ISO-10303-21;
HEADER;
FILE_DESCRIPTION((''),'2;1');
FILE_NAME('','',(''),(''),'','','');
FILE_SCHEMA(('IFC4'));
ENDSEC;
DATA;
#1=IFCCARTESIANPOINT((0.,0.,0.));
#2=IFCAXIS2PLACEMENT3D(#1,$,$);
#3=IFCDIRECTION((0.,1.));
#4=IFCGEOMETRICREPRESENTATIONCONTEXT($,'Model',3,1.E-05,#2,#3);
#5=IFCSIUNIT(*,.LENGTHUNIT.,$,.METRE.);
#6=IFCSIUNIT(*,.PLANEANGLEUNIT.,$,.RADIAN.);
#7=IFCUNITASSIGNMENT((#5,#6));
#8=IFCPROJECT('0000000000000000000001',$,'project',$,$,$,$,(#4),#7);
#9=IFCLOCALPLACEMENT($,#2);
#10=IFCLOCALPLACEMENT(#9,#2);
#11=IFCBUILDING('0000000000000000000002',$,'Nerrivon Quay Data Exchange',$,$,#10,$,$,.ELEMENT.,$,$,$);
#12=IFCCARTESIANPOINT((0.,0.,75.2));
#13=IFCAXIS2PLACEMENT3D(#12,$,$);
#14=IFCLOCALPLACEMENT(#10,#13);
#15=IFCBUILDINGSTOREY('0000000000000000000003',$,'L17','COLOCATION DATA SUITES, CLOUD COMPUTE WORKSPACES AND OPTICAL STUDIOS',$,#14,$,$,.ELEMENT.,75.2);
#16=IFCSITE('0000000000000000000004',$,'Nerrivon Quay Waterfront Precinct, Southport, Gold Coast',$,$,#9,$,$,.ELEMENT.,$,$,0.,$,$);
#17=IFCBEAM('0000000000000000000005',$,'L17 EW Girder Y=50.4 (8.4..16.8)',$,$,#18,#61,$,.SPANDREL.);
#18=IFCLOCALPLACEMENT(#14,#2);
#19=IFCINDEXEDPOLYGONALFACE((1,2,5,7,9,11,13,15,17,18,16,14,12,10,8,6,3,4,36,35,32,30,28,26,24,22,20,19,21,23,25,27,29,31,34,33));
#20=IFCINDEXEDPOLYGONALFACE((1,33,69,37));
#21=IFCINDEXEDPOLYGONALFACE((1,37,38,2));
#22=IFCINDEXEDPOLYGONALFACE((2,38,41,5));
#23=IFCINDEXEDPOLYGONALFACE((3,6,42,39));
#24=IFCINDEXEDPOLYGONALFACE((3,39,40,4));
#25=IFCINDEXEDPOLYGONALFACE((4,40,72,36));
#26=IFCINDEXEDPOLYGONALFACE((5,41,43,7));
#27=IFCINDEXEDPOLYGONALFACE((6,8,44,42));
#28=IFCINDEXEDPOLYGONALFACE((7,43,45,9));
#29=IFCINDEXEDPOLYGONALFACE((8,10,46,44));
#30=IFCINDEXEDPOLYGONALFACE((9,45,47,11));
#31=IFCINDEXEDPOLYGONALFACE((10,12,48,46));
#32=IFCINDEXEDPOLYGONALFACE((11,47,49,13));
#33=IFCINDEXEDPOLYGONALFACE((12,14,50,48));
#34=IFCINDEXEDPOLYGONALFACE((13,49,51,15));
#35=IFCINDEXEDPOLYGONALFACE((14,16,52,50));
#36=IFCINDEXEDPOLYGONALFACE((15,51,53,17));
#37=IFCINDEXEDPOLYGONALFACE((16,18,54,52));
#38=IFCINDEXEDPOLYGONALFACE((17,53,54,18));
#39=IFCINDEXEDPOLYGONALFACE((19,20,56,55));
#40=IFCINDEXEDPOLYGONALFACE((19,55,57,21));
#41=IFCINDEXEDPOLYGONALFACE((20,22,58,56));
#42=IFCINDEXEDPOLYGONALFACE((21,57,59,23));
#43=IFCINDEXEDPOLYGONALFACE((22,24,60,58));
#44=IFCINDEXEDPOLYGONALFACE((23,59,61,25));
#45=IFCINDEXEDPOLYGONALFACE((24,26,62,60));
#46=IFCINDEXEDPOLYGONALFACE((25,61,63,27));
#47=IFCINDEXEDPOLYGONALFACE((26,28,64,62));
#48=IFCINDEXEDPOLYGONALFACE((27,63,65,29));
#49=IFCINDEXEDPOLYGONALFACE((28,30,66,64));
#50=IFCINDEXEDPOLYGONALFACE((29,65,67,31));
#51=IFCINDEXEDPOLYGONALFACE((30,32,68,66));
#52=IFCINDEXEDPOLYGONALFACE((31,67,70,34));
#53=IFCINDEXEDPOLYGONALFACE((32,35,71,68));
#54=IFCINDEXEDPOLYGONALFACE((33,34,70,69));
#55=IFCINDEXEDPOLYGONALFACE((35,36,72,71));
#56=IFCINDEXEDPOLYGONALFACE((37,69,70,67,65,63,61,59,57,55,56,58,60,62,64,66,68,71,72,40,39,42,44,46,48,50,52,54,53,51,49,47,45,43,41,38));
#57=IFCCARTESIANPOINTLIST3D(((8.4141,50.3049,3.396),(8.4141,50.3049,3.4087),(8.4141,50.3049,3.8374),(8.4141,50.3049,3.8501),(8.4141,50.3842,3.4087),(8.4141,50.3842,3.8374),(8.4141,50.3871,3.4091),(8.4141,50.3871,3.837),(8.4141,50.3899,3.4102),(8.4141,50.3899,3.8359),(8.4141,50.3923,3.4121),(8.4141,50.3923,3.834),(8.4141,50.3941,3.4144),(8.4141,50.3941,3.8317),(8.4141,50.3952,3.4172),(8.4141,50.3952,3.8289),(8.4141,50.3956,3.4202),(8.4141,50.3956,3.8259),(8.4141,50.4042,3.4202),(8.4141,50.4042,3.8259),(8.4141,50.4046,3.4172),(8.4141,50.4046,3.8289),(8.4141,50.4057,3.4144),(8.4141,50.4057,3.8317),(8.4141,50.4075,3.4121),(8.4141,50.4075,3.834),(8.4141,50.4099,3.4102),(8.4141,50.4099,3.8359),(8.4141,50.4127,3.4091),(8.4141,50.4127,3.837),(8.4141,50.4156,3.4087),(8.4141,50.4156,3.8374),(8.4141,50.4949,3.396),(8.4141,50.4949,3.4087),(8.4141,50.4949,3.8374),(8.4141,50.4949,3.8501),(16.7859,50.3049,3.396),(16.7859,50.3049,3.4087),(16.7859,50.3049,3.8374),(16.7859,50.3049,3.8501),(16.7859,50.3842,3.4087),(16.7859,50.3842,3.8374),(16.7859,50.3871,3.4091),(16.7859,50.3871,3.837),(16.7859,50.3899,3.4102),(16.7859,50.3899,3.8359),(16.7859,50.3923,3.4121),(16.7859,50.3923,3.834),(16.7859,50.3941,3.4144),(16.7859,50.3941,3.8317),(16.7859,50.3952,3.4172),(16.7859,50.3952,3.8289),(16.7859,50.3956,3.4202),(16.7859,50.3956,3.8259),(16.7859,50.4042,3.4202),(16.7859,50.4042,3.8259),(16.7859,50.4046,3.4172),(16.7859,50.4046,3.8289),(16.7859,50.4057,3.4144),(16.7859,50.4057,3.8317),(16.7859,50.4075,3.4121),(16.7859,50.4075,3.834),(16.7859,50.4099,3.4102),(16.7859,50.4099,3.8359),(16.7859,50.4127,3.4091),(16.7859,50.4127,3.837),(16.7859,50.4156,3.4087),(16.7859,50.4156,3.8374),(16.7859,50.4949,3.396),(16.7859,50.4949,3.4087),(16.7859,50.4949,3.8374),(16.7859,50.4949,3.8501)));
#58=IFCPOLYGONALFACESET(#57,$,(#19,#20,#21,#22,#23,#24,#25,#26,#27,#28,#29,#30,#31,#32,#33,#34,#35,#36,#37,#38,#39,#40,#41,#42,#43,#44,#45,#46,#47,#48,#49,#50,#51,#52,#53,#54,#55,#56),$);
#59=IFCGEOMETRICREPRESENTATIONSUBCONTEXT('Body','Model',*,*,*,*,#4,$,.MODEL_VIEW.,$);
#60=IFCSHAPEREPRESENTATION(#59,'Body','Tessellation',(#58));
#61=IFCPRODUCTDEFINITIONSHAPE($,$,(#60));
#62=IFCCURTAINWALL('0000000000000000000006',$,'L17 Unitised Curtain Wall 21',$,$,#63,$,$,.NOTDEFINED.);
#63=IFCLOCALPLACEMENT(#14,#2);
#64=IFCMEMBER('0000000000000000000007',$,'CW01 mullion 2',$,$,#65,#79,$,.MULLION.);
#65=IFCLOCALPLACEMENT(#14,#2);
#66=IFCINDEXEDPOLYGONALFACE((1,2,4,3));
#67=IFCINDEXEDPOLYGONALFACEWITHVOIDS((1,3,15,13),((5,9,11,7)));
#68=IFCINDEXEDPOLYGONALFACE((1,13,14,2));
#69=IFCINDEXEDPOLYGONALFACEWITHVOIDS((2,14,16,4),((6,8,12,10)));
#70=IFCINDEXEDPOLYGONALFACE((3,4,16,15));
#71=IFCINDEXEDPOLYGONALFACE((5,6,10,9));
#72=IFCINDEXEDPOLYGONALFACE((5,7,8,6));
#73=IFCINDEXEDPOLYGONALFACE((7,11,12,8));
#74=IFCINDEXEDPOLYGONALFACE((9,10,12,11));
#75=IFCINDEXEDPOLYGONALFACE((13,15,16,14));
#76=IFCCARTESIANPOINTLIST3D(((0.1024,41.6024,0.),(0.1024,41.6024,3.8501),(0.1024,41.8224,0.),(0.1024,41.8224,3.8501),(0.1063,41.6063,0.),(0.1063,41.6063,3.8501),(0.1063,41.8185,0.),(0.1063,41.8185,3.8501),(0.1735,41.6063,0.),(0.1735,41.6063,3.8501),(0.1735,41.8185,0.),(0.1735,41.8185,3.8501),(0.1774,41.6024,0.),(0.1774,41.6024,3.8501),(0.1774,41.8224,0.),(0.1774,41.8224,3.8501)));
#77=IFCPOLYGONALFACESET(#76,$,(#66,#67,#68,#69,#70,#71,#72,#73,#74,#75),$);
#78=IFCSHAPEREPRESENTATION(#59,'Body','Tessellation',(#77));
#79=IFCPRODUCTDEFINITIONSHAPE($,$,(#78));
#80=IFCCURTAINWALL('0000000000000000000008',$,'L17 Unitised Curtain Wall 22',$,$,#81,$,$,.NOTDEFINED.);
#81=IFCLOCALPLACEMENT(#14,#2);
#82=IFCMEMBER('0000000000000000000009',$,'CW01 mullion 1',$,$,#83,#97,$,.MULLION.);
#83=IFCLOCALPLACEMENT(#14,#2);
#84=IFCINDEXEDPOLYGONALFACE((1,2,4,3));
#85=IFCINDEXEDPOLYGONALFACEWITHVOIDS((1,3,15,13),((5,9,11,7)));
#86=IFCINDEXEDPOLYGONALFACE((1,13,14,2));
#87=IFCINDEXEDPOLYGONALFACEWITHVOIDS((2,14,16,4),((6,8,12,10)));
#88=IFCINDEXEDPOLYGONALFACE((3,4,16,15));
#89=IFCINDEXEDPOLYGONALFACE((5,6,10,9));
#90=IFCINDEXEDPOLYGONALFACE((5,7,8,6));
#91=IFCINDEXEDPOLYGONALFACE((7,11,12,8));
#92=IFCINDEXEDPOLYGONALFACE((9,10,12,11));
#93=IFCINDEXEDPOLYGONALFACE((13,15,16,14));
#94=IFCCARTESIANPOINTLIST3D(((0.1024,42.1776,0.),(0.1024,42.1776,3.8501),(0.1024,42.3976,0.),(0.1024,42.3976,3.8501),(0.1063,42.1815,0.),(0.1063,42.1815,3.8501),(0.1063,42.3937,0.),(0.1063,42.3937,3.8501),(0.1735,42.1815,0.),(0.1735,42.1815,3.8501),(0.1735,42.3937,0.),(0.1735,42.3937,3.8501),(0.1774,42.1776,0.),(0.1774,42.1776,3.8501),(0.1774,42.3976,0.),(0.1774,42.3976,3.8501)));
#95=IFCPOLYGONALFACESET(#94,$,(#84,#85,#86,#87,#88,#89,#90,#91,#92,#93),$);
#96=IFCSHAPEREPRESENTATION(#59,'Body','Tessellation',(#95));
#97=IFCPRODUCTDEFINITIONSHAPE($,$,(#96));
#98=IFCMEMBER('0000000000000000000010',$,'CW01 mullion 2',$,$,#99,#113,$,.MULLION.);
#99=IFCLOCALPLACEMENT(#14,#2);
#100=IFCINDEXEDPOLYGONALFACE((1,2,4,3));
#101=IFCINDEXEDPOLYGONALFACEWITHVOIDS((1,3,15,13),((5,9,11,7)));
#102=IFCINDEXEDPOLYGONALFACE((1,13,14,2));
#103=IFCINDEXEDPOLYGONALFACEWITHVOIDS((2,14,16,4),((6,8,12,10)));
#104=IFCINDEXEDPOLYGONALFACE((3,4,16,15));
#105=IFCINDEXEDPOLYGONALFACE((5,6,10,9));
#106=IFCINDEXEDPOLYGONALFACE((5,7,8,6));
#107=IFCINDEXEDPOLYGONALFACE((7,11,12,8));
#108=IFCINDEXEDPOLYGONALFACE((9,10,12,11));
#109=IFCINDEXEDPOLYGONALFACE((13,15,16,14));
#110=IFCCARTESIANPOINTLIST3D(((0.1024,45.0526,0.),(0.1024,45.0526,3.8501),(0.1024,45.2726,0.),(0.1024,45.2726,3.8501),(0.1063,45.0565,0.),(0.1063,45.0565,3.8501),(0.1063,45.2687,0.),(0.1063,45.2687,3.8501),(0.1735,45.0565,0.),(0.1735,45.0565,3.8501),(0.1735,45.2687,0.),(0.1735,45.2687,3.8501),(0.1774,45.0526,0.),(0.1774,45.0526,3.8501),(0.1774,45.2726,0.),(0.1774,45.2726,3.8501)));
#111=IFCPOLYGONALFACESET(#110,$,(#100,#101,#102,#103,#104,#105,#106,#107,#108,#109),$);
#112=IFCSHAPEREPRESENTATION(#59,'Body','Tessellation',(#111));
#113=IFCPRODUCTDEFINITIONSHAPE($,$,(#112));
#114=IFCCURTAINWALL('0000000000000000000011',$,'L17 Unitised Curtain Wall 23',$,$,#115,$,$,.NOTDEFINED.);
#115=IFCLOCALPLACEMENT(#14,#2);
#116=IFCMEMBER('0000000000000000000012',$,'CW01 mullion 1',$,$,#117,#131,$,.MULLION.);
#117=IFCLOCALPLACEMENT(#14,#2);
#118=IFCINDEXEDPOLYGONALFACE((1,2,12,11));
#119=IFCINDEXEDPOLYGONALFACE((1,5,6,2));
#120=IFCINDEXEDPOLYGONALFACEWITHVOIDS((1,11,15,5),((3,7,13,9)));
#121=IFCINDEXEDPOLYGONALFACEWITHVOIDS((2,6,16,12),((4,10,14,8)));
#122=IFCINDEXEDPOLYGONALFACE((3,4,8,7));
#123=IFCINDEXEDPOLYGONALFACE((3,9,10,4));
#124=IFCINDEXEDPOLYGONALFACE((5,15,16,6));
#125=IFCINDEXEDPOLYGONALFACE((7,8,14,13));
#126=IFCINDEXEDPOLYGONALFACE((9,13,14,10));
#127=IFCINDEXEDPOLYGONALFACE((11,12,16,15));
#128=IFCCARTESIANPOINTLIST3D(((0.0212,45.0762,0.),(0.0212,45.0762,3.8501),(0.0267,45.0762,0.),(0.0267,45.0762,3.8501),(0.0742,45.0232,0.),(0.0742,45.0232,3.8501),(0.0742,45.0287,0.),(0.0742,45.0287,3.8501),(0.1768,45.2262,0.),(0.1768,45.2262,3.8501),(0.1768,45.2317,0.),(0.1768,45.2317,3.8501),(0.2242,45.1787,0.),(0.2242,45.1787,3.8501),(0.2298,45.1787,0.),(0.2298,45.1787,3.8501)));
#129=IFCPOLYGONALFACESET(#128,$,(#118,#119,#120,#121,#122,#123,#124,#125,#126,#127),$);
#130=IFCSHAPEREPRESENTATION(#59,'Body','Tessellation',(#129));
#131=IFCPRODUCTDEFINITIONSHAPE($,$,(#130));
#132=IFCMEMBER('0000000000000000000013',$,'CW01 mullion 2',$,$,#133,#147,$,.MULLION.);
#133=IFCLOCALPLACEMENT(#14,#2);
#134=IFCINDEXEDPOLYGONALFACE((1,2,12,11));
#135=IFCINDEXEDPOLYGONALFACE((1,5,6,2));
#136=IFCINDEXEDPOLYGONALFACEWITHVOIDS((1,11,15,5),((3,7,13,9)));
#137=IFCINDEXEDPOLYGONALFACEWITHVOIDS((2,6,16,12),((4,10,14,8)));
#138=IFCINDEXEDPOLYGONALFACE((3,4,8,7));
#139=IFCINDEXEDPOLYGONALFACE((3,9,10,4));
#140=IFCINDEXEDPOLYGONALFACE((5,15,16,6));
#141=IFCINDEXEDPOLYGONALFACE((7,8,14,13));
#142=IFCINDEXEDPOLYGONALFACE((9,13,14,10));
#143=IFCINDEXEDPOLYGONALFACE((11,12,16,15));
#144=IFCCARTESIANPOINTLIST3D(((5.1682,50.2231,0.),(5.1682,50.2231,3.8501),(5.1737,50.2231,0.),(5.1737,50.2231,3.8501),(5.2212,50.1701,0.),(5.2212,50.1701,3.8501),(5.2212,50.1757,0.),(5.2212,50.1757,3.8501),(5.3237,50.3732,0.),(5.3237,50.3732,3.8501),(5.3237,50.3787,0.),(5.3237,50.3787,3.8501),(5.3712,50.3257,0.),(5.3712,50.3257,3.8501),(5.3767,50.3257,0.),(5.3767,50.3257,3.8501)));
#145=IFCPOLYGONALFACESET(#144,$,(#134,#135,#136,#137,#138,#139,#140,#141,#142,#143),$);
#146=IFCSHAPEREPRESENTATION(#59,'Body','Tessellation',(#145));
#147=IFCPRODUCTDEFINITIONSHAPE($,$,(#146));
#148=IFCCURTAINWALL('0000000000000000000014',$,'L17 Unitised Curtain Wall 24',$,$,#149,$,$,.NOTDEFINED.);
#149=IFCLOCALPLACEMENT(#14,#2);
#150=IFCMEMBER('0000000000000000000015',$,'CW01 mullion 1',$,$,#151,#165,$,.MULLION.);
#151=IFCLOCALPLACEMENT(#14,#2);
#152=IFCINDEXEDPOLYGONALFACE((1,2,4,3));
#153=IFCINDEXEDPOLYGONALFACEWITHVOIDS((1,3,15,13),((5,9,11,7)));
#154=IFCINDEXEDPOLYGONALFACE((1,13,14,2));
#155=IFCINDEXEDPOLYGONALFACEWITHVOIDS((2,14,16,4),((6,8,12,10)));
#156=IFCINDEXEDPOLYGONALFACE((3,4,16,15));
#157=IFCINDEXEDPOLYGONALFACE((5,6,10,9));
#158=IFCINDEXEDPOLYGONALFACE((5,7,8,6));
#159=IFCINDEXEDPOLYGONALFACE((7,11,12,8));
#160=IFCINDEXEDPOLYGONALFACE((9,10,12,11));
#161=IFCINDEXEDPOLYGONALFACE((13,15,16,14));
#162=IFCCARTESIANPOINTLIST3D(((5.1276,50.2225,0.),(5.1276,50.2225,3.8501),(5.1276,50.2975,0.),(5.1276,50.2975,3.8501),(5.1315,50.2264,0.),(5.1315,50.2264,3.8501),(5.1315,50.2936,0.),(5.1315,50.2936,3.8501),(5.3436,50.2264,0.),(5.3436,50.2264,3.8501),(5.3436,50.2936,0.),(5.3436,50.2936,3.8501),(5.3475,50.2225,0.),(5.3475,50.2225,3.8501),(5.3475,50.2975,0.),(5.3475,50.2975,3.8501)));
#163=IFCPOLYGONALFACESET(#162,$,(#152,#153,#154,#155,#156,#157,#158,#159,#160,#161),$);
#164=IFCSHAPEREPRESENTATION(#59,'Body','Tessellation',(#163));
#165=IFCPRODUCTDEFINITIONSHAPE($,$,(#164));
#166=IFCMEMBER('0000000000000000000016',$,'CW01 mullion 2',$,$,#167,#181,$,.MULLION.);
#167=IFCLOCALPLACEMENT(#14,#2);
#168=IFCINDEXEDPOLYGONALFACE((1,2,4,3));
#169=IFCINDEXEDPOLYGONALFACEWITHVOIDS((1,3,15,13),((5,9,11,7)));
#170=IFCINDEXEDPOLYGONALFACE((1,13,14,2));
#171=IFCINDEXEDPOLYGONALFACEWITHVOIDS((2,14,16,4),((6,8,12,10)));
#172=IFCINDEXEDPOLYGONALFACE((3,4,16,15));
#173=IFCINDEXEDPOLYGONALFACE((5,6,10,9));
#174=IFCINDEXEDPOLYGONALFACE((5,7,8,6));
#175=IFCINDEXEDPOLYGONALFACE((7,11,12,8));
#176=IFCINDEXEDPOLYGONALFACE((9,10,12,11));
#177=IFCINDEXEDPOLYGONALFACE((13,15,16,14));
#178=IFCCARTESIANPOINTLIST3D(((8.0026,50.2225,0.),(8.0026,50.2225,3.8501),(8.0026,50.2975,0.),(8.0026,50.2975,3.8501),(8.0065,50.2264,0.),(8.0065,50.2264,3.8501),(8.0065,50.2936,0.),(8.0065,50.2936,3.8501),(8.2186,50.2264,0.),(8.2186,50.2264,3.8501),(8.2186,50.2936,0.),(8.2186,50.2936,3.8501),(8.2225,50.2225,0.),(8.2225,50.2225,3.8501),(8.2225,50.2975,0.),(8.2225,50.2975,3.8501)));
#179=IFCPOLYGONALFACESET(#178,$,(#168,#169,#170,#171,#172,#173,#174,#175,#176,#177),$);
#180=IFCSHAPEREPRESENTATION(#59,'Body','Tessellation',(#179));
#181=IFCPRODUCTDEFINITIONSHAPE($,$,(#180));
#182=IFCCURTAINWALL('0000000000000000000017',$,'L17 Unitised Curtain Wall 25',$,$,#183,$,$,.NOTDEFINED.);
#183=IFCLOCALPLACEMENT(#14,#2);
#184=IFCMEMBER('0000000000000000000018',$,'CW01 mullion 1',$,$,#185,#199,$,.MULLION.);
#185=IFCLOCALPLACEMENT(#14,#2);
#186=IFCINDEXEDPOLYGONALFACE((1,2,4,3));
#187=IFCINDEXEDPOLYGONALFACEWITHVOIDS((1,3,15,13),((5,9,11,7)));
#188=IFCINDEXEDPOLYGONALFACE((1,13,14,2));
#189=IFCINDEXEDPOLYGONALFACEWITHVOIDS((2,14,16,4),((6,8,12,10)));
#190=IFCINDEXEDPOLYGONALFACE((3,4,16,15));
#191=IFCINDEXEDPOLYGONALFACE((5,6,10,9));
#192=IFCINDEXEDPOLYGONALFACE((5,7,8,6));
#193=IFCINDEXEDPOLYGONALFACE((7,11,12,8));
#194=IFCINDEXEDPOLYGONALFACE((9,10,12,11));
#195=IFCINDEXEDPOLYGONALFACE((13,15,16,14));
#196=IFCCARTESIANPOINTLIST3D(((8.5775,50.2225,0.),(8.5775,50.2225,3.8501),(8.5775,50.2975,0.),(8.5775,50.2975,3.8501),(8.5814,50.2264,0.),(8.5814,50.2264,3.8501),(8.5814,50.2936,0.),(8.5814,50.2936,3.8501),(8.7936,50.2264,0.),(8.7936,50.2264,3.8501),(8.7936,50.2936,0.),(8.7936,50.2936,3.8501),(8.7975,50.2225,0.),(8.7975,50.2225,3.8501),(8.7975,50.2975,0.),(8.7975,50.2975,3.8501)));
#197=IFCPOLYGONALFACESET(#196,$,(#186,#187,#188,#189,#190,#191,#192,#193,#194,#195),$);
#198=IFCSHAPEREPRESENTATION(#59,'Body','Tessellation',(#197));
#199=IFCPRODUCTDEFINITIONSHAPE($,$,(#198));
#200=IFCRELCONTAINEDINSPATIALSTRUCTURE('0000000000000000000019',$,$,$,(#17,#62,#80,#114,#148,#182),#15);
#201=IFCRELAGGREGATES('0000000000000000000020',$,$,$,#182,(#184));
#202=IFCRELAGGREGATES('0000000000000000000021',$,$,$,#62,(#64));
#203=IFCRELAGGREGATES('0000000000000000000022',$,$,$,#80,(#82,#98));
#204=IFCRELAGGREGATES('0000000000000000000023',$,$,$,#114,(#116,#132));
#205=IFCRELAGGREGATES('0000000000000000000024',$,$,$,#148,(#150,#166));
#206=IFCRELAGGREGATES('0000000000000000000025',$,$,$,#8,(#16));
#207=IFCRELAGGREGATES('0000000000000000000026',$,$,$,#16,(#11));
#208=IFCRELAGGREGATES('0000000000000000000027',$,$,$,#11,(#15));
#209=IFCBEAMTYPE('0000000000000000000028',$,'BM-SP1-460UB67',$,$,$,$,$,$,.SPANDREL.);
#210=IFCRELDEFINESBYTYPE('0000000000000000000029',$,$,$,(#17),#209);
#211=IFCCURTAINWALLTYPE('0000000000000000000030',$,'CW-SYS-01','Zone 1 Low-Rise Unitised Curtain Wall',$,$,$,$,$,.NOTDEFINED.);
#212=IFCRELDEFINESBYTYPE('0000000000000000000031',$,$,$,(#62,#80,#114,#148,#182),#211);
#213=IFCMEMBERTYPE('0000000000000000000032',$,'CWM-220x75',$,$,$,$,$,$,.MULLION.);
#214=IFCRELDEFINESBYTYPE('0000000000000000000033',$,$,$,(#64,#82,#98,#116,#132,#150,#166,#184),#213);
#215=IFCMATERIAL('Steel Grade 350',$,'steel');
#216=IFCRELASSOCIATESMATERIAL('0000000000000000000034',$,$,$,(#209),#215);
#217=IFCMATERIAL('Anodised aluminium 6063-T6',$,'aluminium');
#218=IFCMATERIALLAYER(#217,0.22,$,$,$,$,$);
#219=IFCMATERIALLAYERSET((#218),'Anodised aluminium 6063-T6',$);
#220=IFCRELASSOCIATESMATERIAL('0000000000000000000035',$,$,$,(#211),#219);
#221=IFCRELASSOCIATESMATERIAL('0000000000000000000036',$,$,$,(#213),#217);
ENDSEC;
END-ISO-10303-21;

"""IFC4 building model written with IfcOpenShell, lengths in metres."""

from ifc_helpers import new_model, si_unit, direction, frame, origin, origin_2d, place, context, subcontext, project, spatial, hollow_rectangle, i_section, extrude, material, layer, layer_set, material_profile, profile_set, type_object, element, aggregate, save


model = new_model("IFC4")

# Units and contexts
model_context = context("Model", 3, precision=1e-05, world=origin(), true_north=direction((0.0, 1.0)))
body_context = subcontext(model_context, "Body", "Model", "MODEL_VIEW")
ifc_project = project(units=[si_unit("LENGTHUNIT", "METRE"), si_unit("PLANEANGLEUNIT", "RADIAN")], contexts=[model_context])

# Site, building, storey
site_placement = place(None, origin())
site = spatial("IfcSite", under=ifc_project, at=site_placement, Name="Nerrivon Quay Waterfront Precinct, Southport, Gold Coast", CompositionType="ELEMENT", RefElevation=0.0)
building_placement = place(site_placement, origin())
building = spatial("IfcBuilding", under=site, at=building_placement, Name="Nerrivon Quay Data Exchange", CompositionType="ELEMENT")
storey_placement = place(building_placement, frame((0.0, 0.0, 75.2)))
storey = spatial("IfcBuildingStorey", under=building, at=storey_placement, Name="L17", Description="COLOCATION DATA SUITES, CLOUD COMPUTE WORKSPACES AND OPTICAL STUDIOS", CompositionType="ELEMENT", Elevation=75.2)

# Shared definitions
ifc_material_1 = material(Name="Steel Grade 350", Category="steel")

# Beam
ifc_material_profile_1 = material_profile(ifc_material_1, i_section(OverallWidth=0.1899, OverallDepth=0.4541, WebThickness=0.0085, FlangeThickness=0.0127, FilletRadius=0.0115, at=origin_2d()), Name="460UB67.1")
ifc_profile_set_1 = profile_set([ifc_material_profile_1], Name="Steel Grade 350")
beam_type_1 = type_object("IfcBeamType", Name="BM-SP1-460UB67", PredefinedType="SPANDREL", material=ifc_profile_set_1)
beam_1_placement = place(storey_placement, frame((8.4141, 50.3999, 3.623), z_axis=(1.0, 0.0, 0.0), x_axis=(0.0, 1.0, 0.0)))
element("IfcBeam", 1, at=beam_1_placement, inside=storey, type_object=beam_type_1, Name="L17 EW Girder Y=50.4 (8.4..16.8)", PredefinedType="SPANDREL", context=body_context, shape_type="SweptSolid", body=[
    extrude(i_section(OverallWidth=0.1899, OverallDepth=0.4541, WebThickness=0.0085, FlangeThickness=0.0127, FilletRadius=0.0115, at=origin_2d()), origin(), (0.0, 0.0, 1.0), 8.3718),
])

# Curtain wall, member
ifc_material_2 = material(Name="Anodised aluminium 6063-T6", Category="aluminium")
ifc_layer_1 = layer(ifc_material_2, 0.22)
ifc_layer_set_1 = layer_set([ifc_layer_1], Name="Anodised aluminium 6063-T6")
curtain_wall_type = type_object("IfcCurtainWallType", Name="CW-SYS-01", Description="Zone 1 Low-Rise Unitised Curtain Wall", PredefinedType="NOTDEFINED", material=ifc_layer_set_1)
curtain_wall_1_placement = place(storey_placement, origin())
curtain_wall_1 = element("IfcCurtainWall", 2, at=curtain_wall_1_placement, inside=storey, type_object=curtain_wall_type, Name="L17 Unitised Curtain Wall 21", PredefinedType="NOTDEFINED")
ifc_material_profile_2 = material_profile(ifc_material_2, hollow_rectangle(XDim=0.075, YDim=0.22, WallThickness=0.0039, at=origin_2d()), Name="ALU-MULL-220x75")
ifc_profile_set_2 = profile_set([ifc_material_profile_2], Name="Anodised aluminium 6063-T6")
member_type_1 = type_object("IfcMemberType", Name="CWM-220x75", PredefinedType="MULLION", material=ifc_profile_set_2)
member_1_placement = place(storey_placement, frame((0.1399, 41.7124, 0.0), z_axis=(0.0, 0.0, 1.0), x_axis=(-1.0, 0.0, 0.0)))
member_1 = element("IfcMember", 3, at=member_1_placement, type_object=member_type_1, Name="CW01 mullion 2", PredefinedType="MULLION", context=body_context, shape_type="SweptSolid", body=[
    extrude(hollow_rectangle(XDim=0.075, YDim=0.22, WallThickness=0.0039, at=origin_2d()), origin(), (0.0, 0.0, 1.0), 3.8501),
])

# Curtain walls, members
curtain_wall_2_placement = place(storey_placement, origin())
curtain_wall_2 = element("IfcCurtainWall", 4, at=curtain_wall_2_placement, inside=storey, type_object=curtain_wall_type, Name="L17 Unitised Curtain Wall 22", PredefinedType="NOTDEFINED")
member_2_placement = place(storey_placement, frame((0.1399, 42.2876, 0.0), z_axis=(0.0, 0.0, 1.0), x_axis=(-1.0, 0.0, 0.0)))
member_2 = element("IfcMember", 5, at=member_2_placement, type_object=member_type_1, Name="CW01 mullion 1", PredefinedType="MULLION", context=body_context, shape_type="SweptSolid", body=[
    extrude(hollow_rectangle(XDim=0.075, YDim=0.22, WallThickness=0.0039, at=origin_2d()), origin(), (0.0, 0.0, 1.0), 3.8501),
])
member_3_placement = place(storey_placement, frame((0.1399, 45.1626, 0.0), z_axis=(0.0, 0.0, 1.0), x_axis=(-1.0, 0.0, 0.0)))
member_3 = element("IfcMember", 6, at=member_3_placement, type_object=member_type_1, Name="CW01 mullion 2", PredefinedType="MULLION", context=body_context, shape_type="SweptSolid", body=[
    extrude(hollow_rectangle(XDim=0.075, YDim=0.22, WallThickness=0.0039, at=origin_2d()), origin(), (0.0, 0.0, 1.0), 3.8501),
])
curtain_wall_3_placement = place(storey_placement, origin())
curtain_wall_3 = element("IfcCurtainWall", 7, at=curtain_wall_3_placement, inside=storey, type_object=curtain_wall_type, Name="L17 Unitised Curtain Wall 23", PredefinedType="NOTDEFINED")
member_4_placement = place(storey_placement, frame((0.1255, 45.1274, 0.0), z_axis=(0.0, 0.0, 1.0), x_axis=(-0.707107, 0.707107, 0.0)))
member_4 = element("IfcMember", 8, at=member_4_placement, type_object=member_type_1, Name="CW01 mullion 1", PredefinedType="MULLION", context=body_context, shape_type="SweptSolid", body=[
    extrude(hollow_rectangle(XDim=0.075, YDim=0.22, WallThickness=0.0039, at=origin_2d()), origin(), (0.0, 0.0, 1.0), 3.8501),
])
member_5_placement = place(storey_placement, frame((5.2725, 50.2744, 0.0), z_axis=(0.0, 0.0, 1.0), x_axis=(-0.707107, 0.707107, 0.0)))
member_5 = element("IfcMember", 9, at=member_5_placement, type_object=member_type_1, Name="CW01 mullion 2", PredefinedType="MULLION", context=body_context, shape_type="SweptSolid", body=[
    extrude(hollow_rectangle(XDim=0.075, YDim=0.22, WallThickness=0.0039, at=origin_2d()), origin(), (0.0, 0.0, 1.0), 3.8501),
])
curtain_wall_4_placement = place(storey_placement, origin())
curtain_wall_4 = element("IfcCurtainWall", 10, at=curtain_wall_4_placement, inside=storey, type_object=curtain_wall_type, Name="L17 Unitised Curtain Wall 24", PredefinedType="NOTDEFINED")
member_6_placement = place(storey_placement, frame((5.2375, 50.26, 0.0), z_axis=(0.0, 0.0, 1.0), x_axis=(0.0, 1.0, 0.0)))
member_6 = element("IfcMember", 11, at=member_6_placement, type_object=member_type_1, Name="CW01 mullion 1", PredefinedType="MULLION", context=body_context, shape_type="SweptSolid", body=[
    extrude(hollow_rectangle(XDim=0.075, YDim=0.22, WallThickness=0.0039, at=origin_2d()), origin(), (0.0, 0.0, 1.0), 3.8501),
])
member_7_placement = place(storey_placement, frame((8.1125, 50.26, 0.0), z_axis=(0.0, 0.0, 1.0), x_axis=(0.0, 1.0, 0.0)))
member_7 = element("IfcMember", 12, at=member_7_placement, type_object=member_type_1, Name="CW01 mullion 2", PredefinedType="MULLION", context=body_context, shape_type="SweptSolid", body=[
    extrude(hollow_rectangle(XDim=0.075, YDim=0.22, WallThickness=0.0039, at=origin_2d()), origin(), (0.0, 0.0, 1.0), 3.8501),
])

# Curtain wall, member
curtain_wall_5_placement = place(storey_placement, origin())
curtain_wall_5 = element("IfcCurtainWall", 13, at=curtain_wall_5_placement, inside=storey, type_object=curtain_wall_type, Name="L17 Unitised Curtain Wall 25", PredefinedType="NOTDEFINED")
member_8_placement = place(storey_placement, frame((8.6875, 50.26, 0.0), z_axis=(0.0, 0.0, 1.0), x_axis=(0.0, 1.0, 0.0)))
member_8 = element("IfcMember", 14, at=member_8_placement, type_object=member_type_1, Name="CW01 mullion 1", PredefinedType="MULLION", context=body_context, shape_type="SweptSolid", body=[
    extrude(hollow_rectangle(XDim=0.075, YDim=0.22, WallThickness=0.0039, at=origin_2d()), origin(), (0.0, 0.0, 1.0), 3.8501),
])
aggregate(curtain_wall_5, [member_8])

aggregate(curtain_wall_1, [member_1])
aggregate(curtain_wall_2, [member_2, member_3])
aggregate(curtain_wall_3, [member_4, member_5])
aggregate(curtain_wall_4, [member_6, member_7])

save(model, "model.ifc")
